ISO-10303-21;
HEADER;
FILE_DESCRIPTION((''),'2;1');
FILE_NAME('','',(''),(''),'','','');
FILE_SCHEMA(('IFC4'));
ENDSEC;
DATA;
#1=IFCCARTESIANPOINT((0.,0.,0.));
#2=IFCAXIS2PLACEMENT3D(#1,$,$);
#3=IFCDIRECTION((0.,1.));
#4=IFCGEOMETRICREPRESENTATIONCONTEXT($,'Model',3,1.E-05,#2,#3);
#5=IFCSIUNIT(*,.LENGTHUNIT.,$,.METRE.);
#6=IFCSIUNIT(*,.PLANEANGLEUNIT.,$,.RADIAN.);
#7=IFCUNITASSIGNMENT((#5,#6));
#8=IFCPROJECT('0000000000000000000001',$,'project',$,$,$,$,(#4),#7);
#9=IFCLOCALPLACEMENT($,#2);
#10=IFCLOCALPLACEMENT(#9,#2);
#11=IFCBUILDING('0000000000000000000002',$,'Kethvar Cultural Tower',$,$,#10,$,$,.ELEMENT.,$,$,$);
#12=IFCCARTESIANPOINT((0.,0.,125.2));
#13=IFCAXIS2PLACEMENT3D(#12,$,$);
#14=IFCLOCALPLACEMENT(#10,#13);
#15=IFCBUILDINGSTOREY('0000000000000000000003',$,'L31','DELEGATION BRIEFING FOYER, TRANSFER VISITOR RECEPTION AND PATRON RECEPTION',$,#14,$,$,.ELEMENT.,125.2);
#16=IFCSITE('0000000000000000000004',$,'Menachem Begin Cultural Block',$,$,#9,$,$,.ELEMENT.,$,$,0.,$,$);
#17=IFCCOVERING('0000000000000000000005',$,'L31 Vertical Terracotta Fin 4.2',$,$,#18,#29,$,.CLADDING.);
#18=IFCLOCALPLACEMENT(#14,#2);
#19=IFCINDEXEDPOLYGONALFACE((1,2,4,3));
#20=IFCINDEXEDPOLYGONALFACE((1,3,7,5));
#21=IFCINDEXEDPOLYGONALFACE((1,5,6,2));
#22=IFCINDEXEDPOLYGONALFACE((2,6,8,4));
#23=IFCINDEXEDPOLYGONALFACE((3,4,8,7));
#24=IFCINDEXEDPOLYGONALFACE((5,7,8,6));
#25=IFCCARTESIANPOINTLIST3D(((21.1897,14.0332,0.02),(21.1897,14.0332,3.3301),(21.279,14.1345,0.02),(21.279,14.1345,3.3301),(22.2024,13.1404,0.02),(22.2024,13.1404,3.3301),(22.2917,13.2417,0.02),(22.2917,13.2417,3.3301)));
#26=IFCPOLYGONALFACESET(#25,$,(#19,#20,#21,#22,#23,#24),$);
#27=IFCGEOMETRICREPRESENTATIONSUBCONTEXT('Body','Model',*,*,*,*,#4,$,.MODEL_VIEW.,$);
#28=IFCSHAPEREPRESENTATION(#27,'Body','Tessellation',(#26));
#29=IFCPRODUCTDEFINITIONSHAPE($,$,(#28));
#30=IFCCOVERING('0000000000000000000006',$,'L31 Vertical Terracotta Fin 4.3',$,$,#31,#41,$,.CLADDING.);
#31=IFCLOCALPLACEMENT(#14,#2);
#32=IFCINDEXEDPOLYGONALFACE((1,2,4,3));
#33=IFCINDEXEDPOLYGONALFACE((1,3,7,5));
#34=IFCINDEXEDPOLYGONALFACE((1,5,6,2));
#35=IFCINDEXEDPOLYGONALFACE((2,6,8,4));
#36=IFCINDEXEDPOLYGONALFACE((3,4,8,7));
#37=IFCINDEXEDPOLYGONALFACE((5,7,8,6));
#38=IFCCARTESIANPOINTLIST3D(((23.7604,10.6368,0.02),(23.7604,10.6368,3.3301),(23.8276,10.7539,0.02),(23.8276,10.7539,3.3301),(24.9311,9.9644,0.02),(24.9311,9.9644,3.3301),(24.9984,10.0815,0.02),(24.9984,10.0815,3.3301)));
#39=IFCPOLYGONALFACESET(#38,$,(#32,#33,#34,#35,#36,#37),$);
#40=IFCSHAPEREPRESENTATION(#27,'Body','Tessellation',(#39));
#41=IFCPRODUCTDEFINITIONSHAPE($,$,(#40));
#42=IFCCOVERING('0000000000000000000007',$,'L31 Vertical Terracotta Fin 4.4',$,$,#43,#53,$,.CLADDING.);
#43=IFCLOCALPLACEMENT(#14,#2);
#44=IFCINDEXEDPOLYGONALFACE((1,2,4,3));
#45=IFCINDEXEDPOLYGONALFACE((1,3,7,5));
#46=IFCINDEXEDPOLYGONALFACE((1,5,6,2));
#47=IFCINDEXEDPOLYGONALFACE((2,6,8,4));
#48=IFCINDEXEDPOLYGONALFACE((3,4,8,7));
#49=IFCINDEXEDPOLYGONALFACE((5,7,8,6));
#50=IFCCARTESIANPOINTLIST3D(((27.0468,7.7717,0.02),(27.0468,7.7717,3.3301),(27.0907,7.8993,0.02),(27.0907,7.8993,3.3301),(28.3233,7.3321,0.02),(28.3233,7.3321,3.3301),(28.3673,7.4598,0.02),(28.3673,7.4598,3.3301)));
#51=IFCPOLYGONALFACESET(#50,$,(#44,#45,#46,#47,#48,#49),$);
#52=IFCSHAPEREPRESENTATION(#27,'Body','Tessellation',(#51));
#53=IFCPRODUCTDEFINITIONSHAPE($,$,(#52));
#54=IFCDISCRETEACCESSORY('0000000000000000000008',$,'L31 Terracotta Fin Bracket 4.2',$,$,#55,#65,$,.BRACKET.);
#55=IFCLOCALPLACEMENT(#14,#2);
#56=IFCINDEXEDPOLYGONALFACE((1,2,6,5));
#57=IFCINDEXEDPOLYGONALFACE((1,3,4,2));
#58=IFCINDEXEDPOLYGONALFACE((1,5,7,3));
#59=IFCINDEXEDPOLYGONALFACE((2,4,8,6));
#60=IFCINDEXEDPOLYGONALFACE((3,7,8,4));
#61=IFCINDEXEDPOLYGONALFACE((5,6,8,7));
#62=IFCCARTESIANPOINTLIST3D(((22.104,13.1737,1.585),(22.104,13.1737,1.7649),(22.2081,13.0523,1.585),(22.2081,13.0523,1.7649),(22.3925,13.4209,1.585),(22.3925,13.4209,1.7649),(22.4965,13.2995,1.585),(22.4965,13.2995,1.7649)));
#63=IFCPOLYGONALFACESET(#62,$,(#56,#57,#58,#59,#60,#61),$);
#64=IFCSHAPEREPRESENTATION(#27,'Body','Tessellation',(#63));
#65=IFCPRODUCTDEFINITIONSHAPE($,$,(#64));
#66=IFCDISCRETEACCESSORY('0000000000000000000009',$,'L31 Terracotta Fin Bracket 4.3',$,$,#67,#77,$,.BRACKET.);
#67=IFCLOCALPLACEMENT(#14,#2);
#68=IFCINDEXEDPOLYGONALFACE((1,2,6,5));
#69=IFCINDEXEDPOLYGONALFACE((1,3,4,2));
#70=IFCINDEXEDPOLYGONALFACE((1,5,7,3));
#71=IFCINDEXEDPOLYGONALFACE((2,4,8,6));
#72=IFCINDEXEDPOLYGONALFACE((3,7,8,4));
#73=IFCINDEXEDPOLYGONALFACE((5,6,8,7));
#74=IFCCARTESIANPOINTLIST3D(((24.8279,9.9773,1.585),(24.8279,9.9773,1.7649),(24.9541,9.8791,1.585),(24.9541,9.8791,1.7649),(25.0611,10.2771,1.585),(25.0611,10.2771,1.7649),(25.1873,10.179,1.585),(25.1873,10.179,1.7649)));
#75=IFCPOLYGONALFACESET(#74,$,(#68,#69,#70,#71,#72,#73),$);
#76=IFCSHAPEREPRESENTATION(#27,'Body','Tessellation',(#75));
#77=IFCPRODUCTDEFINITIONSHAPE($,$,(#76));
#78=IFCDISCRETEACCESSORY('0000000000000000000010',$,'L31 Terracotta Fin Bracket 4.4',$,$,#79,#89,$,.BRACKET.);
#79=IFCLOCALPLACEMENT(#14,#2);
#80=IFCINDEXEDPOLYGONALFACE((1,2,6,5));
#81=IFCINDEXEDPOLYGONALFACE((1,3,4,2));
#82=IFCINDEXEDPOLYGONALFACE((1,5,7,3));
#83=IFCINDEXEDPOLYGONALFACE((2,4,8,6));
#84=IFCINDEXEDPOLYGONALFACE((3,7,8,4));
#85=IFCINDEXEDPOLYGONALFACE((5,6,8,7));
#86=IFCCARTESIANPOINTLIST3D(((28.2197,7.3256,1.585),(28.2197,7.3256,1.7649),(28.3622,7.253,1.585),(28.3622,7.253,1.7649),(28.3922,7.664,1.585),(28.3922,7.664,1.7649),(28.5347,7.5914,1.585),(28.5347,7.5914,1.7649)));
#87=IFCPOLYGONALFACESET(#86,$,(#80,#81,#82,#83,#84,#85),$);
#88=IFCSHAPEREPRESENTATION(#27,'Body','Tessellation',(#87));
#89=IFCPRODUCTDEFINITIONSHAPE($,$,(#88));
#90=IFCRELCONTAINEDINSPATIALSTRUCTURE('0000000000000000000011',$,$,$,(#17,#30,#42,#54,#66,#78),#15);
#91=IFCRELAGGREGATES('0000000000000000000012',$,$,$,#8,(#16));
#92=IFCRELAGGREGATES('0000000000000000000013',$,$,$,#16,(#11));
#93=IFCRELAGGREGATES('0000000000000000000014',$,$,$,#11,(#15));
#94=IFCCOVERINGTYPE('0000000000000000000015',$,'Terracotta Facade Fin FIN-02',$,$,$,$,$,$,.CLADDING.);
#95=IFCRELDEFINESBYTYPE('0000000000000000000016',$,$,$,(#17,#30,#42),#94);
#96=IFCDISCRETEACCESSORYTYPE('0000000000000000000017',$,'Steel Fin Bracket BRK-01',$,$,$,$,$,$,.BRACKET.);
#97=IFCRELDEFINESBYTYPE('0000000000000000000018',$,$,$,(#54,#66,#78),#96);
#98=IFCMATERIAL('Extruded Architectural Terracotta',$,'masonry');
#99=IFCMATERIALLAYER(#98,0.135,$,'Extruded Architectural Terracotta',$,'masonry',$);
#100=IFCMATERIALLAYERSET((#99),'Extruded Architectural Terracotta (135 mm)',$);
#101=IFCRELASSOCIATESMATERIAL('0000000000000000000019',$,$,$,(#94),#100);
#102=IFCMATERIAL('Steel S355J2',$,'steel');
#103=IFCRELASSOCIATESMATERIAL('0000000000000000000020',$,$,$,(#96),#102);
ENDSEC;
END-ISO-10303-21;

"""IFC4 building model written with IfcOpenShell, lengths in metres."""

from ifc_helpers import new_model, si_unit, direction, frame, origin, origin_2d, place, context, subcontext, project, spatial, rectangle, extrude, source, transform, mapped, material, layer, layer_set, type_object, element, save


model = new_model("IFC4")

# Units and contexts
model_context = context("Model", 3, precision=1e-05, world=origin(), true_north=direction((0.0, 1.0)))
body_context = subcontext(model_context, "Body", "Model", "MODEL_VIEW")
ifc_project = project(units=[si_unit("LENGTHUNIT", "METRE"), si_unit("PLANEANGLEUNIT", "RADIAN")], contexts=[model_context])

# Site, building, storey
site_placement = place(None, origin())
site = spatial("IfcSite", under=ifc_project, at=site_placement, Name="Menachem Begin Cultural Block", CompositionType="ELEMENT", RefElevation=0.0)
building_placement = place(site_placement, origin())
building = spatial("IfcBuilding", under=site, at=building_placement, Name="Kethvar Cultural Tower", CompositionType="ELEMENT")
storey_placement = place(building_placement, frame((0.0, 0.0, 125.2)))
storey = spatial("IfcBuildingStorey", under=building, at=storey_placement, Name="L31", Description="DELEGATION BRIEFING FOYER, TRANSFER VISITOR RECEPTION AND PATRON RECEPTION", CompositionType="ELEMENT", Elevation=125.2)

# Shared definitions
ifc_material_1 = material(Name="Steel S355J2", Category="steel")

# Coverings
ifc_material_2 = material(Name="Extruded Architectural Terracotta", Category="masonry")
ifc_layer_1 = layer(ifc_material_2, 0.135, Name="Extruded Architectural Terracotta", Category="masonry")
ifc_layer_set_1 = layer_set([ifc_layer_1], Name="Extruded Architectural Terracotta (135 mm)")
covering_type = type_object("IfcCoveringType", Name="Terracotta Facade Fin FIN-02", PredefinedType="CLADDING", material=ifc_layer_set_1)
shared_shape_1 = source(origin(), body_context, "Body", "SweptSolid", [
    extrude(rectangle(XDim=1.3501, YDim=0.135, at=origin_2d()), origin(), (0.0, 0.0, 1.0), 3.3101),
])
for number, where, z_axis, x_axis, name in (
    (1, (21.7407, 13.6375, 0.02), (0.0, 0.0, 1.0), (-0.750111, 0.661312, 0.0), "L31 Vertical Terracotta Fin 4.2"),
    (2, (24.3794, 10.3591, 0.02), (0.0, 0.0, 1.0), (-0.867158, 0.498034, 0.0), "L31 Vertical Terracotta Fin 4.3"),
    (3, (27.707, 7.6157, 0.02), (0.0, 0.0, 1.0), (-0.945519, 0.325568, 0.0), "L31 Vertical Terracotta Fin 4.4"),
):
    element("IfcCovering", number, at=place(storey_placement, frame(where, z_axis=z_axis, x_axis=x_axis)), inside=storey, type_object=covering_type, Name=name, PredefinedType="CLADDING", context=body_context, shape_type="MappedRepresentation", body=[
        mapped(shared_shape_1, transform((0.0, 0.0, 0.0), scale=1.0)),
    ])

# Discrete accessories
discrete_accessory_type = type_object("IfcDiscreteAccessoryType", Name="Steel Fin Bracket BRK-01", PredefinedType="BRACKET", material=ifc_material_1)
shared_shape_2 = source(origin(), body_context, "Body", "SweptSolid", [
    extrude(rectangle(XDim=0.3799, YDim=0.1599, at=origin_2d()), origin(), (0.0, 0.0, 1.0), 0.1799),
])
for number, where, z_axis, x_axis, name in (
    (4, (22.3003, 13.2366, 1.585), (0.0, 0.0, 1.0), (-0.759271, -0.650774, 0.0), "L31 Terracotta Fin Bracket 4.2"),
    (5, (25.0076, 10.0781, 1.585), (0.0, 0.0, 1.0), (-0.613872, -0.789406, 0.0), "L31 Terracotta Fin Bracket 4.3"),
    (6, (28.3772, 7.4585, 1.585), (0.0, 0.0, 1.0), (-0.45399, -0.891007, 0.0), "L31 Terracotta Fin Bracket 4.4"),
):
    element("IfcDiscreteAccessory", number, at=place(storey_placement, frame(where, z_axis=z_axis, x_axis=x_axis)), inside=storey, type_object=discrete_accessory_type, Name=name, PredefinedType="BRACKET", context=body_context, shape_type="MappedRepresentation", body=[
        mapped(shared_shape_2, transform((0.0, 0.0, 0.0), scale=1.0)),
    ])

save(model, "model.ifc")
